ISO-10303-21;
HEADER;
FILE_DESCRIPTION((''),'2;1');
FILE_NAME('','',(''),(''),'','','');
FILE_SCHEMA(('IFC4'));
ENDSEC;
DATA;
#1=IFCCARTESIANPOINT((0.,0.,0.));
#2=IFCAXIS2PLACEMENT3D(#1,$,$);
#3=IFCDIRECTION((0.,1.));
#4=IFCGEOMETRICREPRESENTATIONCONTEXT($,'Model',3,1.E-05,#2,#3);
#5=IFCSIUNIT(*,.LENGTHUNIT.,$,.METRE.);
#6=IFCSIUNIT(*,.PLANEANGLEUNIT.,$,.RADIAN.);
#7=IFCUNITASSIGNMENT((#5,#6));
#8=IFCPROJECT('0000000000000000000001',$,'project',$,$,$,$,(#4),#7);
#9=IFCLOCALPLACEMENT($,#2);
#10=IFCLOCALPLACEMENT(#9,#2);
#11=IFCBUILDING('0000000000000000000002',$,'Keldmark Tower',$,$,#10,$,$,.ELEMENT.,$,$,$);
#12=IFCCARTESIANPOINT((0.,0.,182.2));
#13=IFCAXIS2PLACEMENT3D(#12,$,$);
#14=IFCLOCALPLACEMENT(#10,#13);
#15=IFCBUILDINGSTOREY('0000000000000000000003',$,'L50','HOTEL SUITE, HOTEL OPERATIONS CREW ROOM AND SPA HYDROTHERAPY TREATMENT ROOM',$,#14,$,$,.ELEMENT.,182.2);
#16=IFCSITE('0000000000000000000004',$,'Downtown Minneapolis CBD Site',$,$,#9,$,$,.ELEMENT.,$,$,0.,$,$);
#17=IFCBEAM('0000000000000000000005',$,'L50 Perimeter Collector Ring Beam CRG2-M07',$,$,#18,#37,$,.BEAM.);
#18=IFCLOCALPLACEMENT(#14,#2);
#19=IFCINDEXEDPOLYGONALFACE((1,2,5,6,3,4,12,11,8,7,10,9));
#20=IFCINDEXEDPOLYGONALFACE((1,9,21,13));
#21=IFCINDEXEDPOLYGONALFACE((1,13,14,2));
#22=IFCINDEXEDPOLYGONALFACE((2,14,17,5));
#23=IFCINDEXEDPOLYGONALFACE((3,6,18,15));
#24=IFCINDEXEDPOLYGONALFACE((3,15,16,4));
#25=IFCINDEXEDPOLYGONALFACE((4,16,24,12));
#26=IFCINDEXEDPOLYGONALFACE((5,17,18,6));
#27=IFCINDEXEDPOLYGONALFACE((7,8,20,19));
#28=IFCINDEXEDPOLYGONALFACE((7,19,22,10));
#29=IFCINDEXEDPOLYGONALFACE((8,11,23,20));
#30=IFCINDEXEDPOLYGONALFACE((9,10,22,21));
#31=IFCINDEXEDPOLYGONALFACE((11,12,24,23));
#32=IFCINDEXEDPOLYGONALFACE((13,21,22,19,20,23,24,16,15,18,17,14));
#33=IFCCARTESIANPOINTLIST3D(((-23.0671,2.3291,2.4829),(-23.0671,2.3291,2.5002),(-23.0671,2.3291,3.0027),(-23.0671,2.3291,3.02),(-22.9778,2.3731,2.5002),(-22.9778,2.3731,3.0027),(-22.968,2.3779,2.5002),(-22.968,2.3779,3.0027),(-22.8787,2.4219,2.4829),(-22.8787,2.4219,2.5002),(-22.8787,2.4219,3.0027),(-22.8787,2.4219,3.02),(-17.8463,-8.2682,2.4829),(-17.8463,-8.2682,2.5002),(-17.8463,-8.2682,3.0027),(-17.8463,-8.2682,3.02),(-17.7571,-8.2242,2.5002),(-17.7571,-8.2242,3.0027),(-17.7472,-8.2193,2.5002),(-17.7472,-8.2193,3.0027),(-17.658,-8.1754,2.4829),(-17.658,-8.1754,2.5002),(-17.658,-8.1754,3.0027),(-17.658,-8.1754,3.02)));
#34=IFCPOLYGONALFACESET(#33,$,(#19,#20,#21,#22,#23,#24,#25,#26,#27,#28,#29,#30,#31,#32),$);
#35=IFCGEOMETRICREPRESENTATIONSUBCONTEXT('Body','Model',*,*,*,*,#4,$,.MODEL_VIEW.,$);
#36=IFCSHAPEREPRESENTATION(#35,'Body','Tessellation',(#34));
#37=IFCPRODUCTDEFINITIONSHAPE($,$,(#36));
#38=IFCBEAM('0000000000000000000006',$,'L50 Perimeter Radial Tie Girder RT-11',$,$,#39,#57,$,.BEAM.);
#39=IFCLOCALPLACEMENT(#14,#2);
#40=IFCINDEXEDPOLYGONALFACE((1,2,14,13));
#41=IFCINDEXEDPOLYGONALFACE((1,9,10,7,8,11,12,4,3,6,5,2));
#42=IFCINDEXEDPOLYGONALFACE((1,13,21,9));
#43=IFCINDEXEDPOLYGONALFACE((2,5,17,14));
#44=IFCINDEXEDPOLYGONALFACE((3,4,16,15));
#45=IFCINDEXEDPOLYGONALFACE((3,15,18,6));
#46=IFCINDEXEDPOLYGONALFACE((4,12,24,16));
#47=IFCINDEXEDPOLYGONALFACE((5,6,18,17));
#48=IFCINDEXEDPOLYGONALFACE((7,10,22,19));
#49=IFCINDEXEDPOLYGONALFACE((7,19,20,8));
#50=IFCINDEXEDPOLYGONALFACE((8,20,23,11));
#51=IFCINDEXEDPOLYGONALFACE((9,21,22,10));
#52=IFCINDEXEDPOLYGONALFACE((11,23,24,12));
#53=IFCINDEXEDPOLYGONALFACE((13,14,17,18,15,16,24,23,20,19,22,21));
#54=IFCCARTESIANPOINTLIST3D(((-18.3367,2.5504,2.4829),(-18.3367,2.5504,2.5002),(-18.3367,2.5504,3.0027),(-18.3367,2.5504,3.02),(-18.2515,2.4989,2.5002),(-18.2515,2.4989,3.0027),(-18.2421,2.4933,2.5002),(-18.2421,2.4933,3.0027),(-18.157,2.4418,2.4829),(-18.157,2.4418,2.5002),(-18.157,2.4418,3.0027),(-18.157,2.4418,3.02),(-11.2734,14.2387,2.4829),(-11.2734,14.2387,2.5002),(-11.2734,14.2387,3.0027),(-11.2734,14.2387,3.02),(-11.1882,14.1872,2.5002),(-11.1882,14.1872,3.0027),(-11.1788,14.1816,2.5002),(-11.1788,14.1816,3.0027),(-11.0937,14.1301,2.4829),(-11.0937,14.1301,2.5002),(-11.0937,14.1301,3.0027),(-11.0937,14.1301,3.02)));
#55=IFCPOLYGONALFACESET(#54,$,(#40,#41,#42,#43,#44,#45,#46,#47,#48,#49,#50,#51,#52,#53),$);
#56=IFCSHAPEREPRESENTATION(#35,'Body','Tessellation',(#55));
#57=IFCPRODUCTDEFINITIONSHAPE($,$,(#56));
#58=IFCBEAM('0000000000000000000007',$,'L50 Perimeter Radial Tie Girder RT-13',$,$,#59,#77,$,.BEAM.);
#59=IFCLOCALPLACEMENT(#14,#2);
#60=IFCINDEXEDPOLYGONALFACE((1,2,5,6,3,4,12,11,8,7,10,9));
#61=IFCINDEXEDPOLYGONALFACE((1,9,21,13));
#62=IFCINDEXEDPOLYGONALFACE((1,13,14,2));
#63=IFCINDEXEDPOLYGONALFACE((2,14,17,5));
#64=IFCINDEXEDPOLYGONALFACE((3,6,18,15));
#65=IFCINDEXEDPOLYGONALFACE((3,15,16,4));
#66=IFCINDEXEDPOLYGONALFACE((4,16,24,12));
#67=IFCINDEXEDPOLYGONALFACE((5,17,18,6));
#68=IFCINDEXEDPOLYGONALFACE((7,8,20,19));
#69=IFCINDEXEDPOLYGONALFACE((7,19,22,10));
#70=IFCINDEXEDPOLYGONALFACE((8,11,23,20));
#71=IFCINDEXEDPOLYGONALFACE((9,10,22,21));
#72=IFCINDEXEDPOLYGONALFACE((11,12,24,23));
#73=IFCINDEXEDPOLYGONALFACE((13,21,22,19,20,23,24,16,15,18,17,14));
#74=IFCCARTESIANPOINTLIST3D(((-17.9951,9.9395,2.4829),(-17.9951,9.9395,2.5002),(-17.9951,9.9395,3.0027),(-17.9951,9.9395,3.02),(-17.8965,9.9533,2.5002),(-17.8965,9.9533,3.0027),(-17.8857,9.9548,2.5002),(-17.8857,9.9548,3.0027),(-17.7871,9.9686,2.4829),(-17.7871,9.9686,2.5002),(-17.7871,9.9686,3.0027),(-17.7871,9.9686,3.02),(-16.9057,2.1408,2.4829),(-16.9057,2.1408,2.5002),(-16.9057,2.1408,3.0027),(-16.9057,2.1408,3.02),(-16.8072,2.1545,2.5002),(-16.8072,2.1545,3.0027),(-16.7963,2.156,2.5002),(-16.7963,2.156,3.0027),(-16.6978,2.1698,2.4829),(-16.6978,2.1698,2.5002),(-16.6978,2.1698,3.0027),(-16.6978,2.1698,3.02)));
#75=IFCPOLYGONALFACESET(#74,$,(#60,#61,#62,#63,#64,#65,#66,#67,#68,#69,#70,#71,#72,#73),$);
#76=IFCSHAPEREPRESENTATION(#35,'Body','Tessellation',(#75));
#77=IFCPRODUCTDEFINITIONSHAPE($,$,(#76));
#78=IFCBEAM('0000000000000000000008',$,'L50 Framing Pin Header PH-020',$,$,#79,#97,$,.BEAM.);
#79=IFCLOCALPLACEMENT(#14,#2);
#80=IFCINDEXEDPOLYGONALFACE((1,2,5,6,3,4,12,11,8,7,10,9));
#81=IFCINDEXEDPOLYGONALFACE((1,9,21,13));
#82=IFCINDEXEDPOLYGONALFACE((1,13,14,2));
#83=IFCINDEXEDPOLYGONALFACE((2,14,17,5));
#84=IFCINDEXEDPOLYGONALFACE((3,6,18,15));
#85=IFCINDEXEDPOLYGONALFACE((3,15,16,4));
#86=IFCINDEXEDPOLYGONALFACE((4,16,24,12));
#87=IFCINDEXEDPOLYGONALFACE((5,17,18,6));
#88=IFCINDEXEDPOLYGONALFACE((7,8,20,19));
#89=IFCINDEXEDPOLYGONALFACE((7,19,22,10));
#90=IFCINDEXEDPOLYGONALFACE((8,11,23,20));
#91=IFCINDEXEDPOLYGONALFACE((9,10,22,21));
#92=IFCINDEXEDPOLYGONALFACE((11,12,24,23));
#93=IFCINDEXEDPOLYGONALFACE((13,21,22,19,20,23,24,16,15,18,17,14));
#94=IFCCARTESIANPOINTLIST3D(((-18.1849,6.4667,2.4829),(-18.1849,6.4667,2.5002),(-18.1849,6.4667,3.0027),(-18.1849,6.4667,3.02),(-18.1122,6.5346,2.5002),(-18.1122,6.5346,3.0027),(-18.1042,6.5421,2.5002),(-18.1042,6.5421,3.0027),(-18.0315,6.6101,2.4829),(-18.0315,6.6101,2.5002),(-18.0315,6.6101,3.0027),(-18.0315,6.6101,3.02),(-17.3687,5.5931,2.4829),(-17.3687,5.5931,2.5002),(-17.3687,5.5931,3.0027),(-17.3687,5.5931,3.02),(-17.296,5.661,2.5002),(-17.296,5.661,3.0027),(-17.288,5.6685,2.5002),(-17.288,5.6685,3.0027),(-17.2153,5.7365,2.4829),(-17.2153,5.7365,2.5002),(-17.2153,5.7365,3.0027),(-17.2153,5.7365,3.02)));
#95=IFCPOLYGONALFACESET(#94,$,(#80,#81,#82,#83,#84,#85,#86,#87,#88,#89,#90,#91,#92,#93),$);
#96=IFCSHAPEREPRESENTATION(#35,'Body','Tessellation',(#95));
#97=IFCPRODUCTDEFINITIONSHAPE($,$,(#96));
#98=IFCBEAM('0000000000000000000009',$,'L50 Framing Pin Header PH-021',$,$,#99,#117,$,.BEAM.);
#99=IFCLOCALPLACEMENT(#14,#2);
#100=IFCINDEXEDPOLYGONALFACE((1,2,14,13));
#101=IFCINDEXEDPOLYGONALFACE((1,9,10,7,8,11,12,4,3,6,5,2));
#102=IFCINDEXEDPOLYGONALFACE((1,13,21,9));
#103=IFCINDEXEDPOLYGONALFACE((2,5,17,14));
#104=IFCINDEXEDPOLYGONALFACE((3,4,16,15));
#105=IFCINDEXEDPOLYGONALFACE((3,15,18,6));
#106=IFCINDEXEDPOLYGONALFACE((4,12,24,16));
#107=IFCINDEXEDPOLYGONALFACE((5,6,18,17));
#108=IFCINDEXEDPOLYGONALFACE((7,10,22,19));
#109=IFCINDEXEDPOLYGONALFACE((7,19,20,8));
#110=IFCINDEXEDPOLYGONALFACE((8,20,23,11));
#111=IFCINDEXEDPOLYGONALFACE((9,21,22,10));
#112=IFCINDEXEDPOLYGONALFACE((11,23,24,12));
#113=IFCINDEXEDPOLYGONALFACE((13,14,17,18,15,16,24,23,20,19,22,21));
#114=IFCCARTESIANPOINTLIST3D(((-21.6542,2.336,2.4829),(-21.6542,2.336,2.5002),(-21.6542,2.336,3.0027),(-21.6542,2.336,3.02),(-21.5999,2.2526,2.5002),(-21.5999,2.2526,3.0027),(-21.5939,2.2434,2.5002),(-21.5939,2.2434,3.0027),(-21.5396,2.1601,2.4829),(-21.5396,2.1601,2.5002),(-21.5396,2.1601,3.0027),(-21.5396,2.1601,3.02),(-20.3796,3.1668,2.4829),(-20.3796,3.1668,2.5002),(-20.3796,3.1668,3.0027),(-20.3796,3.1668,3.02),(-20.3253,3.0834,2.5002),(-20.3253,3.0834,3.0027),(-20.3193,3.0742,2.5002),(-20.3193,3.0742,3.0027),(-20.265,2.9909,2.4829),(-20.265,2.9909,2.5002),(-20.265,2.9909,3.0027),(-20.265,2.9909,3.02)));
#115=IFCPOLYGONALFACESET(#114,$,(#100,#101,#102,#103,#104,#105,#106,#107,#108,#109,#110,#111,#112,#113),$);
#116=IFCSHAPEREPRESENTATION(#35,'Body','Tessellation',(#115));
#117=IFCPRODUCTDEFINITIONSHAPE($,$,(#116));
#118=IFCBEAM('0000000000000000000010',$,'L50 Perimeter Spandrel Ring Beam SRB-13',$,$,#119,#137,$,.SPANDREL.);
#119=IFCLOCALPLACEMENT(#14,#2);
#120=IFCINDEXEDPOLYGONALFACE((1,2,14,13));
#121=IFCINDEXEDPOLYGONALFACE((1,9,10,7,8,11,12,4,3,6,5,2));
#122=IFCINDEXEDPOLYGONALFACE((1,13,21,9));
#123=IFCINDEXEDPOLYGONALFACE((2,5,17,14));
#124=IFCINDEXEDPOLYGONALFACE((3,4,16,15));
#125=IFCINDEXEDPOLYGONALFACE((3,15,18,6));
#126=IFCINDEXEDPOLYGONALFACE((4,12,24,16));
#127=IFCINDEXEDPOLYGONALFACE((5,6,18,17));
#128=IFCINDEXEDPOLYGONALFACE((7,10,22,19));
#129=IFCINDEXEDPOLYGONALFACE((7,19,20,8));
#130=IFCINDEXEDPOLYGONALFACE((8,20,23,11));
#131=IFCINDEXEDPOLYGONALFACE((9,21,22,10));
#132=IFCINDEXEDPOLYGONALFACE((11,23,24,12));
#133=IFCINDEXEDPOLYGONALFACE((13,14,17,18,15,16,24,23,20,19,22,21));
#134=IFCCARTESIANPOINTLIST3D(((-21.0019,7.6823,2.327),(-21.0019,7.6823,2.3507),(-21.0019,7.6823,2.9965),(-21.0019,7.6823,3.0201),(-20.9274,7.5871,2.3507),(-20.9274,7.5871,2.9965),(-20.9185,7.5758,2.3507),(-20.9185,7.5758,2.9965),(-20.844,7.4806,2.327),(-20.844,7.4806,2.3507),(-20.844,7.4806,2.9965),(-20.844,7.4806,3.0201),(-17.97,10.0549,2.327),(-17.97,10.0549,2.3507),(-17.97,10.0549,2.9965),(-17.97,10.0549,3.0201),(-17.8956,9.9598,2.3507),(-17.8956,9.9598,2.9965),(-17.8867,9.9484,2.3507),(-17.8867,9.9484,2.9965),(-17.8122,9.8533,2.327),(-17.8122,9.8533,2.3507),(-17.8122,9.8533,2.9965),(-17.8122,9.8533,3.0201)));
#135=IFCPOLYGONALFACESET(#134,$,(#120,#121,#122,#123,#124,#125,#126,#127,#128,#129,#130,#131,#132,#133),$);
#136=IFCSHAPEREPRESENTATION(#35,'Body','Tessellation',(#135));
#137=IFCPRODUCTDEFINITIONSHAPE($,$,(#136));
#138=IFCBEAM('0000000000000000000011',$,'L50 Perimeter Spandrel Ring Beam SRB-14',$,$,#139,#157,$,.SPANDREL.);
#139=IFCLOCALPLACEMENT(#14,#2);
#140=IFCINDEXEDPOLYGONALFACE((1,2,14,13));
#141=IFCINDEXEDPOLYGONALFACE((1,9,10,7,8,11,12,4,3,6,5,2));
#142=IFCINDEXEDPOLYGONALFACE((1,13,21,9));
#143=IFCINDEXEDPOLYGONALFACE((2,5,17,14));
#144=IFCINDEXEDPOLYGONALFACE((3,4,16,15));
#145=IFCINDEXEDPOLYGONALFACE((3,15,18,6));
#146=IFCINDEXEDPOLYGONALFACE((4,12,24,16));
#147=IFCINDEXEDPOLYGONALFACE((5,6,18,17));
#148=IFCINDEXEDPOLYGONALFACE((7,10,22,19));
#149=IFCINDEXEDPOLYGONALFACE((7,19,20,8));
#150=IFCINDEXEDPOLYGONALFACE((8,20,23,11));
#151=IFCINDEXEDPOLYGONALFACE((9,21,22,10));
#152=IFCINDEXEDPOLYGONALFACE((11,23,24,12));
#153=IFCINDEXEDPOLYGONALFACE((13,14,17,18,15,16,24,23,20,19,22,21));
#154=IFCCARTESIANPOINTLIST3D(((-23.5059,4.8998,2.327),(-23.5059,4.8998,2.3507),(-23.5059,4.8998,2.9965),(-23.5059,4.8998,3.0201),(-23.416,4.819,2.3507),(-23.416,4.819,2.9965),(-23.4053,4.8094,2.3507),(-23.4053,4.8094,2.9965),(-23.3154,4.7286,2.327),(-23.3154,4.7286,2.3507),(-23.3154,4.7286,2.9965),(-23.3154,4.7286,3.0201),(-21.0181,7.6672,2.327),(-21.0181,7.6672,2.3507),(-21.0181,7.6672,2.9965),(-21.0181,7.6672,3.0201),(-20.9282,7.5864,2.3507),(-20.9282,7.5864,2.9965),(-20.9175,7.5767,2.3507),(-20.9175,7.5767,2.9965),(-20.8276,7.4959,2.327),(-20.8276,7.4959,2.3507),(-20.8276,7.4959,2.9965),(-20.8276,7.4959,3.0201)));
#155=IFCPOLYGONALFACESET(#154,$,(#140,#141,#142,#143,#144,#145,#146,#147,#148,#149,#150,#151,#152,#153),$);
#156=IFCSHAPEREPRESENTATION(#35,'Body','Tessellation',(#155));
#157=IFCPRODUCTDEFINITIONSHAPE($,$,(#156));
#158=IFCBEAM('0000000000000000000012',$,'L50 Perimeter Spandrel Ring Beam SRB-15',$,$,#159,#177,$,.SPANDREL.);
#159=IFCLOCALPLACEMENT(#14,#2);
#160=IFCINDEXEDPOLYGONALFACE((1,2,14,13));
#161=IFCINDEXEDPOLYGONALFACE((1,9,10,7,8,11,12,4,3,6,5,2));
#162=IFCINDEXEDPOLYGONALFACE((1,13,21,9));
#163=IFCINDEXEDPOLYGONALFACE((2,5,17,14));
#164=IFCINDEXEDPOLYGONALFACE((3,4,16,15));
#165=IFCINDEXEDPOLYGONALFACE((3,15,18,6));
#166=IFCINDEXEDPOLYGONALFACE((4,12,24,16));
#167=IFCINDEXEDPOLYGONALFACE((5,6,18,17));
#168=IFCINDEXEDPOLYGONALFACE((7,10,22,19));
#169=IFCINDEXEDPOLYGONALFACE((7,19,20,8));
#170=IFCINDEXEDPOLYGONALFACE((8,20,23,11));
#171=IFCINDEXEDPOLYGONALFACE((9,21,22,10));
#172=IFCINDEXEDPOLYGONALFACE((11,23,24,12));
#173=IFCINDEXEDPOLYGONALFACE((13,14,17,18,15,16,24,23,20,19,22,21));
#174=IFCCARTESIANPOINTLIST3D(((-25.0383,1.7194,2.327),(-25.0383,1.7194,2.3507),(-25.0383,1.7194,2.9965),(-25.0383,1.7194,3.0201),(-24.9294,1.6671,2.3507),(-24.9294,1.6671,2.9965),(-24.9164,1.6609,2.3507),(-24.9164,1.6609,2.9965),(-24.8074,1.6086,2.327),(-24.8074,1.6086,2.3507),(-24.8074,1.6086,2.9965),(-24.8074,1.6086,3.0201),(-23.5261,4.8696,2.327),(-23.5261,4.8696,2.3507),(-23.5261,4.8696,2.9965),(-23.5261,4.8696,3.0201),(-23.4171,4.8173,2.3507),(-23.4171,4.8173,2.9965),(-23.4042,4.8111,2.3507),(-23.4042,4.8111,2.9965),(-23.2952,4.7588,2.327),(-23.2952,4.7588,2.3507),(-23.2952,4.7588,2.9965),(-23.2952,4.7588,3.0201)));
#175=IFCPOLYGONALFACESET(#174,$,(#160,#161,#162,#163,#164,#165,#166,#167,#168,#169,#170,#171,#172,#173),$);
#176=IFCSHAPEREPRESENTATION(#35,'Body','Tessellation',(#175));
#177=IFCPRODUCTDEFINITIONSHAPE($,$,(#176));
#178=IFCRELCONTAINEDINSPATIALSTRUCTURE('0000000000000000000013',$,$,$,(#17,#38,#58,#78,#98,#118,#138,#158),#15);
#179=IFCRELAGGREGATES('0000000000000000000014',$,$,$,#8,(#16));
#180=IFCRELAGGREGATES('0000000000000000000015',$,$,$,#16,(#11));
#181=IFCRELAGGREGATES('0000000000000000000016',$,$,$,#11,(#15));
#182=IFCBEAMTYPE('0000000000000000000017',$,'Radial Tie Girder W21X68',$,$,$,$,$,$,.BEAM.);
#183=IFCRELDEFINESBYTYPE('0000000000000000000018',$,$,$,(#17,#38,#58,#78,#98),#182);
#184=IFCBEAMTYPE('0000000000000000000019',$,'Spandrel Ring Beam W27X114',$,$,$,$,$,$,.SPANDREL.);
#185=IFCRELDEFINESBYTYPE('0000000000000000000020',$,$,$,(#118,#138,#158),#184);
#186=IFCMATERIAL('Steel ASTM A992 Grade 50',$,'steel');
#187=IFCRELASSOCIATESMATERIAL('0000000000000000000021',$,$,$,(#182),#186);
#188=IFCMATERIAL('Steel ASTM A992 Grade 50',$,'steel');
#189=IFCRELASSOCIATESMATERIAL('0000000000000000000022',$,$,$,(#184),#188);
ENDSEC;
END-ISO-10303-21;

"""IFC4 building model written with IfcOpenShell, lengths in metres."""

from ifc_helpers import new_model, si_unit, direction, frame, origin, origin_2d, place, context, subcontext, project, spatial, i_section, extrude, material, material_profile, profile_set, type_object, element, save


model = new_model("IFC4")

# Units and contexts
model_context = context("Model", 3, precision=1e-05, world=origin(), true_north=direction((0.0, 1.0)))
body_context = subcontext(model_context, "Body", "Model", "MODEL_VIEW")
ifc_project = project(units=[si_unit("LENGTHUNIT", "METRE"), si_unit("PLANEANGLEUNIT", "RADIAN")], contexts=[model_context])

# Site, building, storey
site_placement = place(None, origin())
site = spatial("IfcSite", under=ifc_project, at=site_placement, Name="Downtown Minneapolis CBD Site", CompositionType="ELEMENT", RefElevation=0.0)
building_placement = place(site_placement, origin())
building = spatial("IfcBuilding", under=site, at=building_placement, Name="Keldmark Tower", CompositionType="ELEMENT")
storey_placement = place(building_placement, frame((0.0, 0.0, 182.2)))
storey = spatial("IfcBuildingStorey", under=building, at=storey_placement, Name="L50", Description="HOTEL SUITE, HOTEL OPERATIONS CREW ROOM AND SPA HYDROTHERAPY TREATMENT ROOM", CompositionType="ELEMENT", Elevation=182.2)

# Beams
ifc_material_1 = material(Name="Steel ASTM A992 Grade 50", Category="steel")
ifc_material_profile_1 = material_profile(ifc_material_1, i_section(OverallWidth=0.21, OverallDepth=0.5371, WebThickness=0.011, FlangeThickness=0.0173, at=origin_2d()), Name="W21X68")
ifc_profile_set_1 = profile_set([ifc_material_profile_1], Name="Steel ASTM A992 Grade 50")
beam_type_1 = type_object("IfcBeamType", Name="Radial Tie Girder W21X68", PredefinedType="BEAM", material=ifc_profile_set_1)
beam_1_placement = place(storey_placement, frame((-22.9729, 2.3755, 2.7515), z_axis=(0.441932, -0.897049, 0.0), x_axis=(0.897049, 0.441932, 0.0)))
element("IfcBeam", 1, at=beam_1_placement, inside=storey, type_object=beam_type_1, Name="L50 Perimeter Collector Ring Beam CRG2-M07", PredefinedType="BEAM", context=body_context, shape_type="SweptSolid", body=[
    extrude(i_section(OverallWidth=0.21, OverallDepth=0.5371, WebThickness=0.011, FlangeThickness=0.0173, at=origin_2d()), origin(), (0.0, 0.0, 1.0), 11.8135),
])
beam_2_placement = place(storey_placement, frame((-18.2468, 2.4961, 2.7515), z_axis=(0.517201, 0.855864, 0.0), x_axis=(-0.855864, 0.517201, 0.0)))
element("IfcBeam", 2, at=beam_2_placement, inside=storey, type_object=beam_type_1, Name="L50 Perimeter Radial Tie Girder RT-11", PredefinedType="BEAM", context=body_context, shape_type="SweptSolid", body=[
    extrude(i_section(OverallWidth=0.21, OverallDepth=0.5371, WebThickness=0.011, FlangeThickness=0.0173, at=origin_2d()), origin(), (0.0, 0.0, 1.0), 13.6567),
])
beam_3_placement = place(storey_placement, frame((-16.8018, 2.1553, 2.7515), z_axis=(-0.138339, 0.990385, 0.0), x_axis=(-0.990385, -0.138339, 0.0)))
element("IfcBeam", 3, at=beam_3_placement, inside=storey, type_object=beam_type_1, Name="L50 Perimeter Radial Tie Girder RT-13", PredefinedType="BEAM", context=body_context, shape_type="SweptSolid", body=[
    extrude(i_section(OverallWidth=0.21, OverallDepth=0.5371, WebThickness=0.011, FlangeThickness=0.0173, at=origin_2d()), origin(), (0.0, 0.0, 1.0), 7.8745),
])
beam_4_placement = place(storey_placement, frame((-17.292, 5.6648, 2.7515), z_axis=(-0.682704, 0.730695, 0.0), x_axis=(-0.730695, -0.682704, 0.0)))
element("IfcBeam", 4, at=beam_4_placement, inside=storey, type_object=beam_type_1, Name="L50 Framing Pin Header PH-020", PredefinedType="BEAM", context=body_context, shape_type="SweptSolid", body=[
    extrude(i_section(OverallWidth=0.21, OverallDepth=0.5371, WebThickness=0.011, FlangeThickness=0.0173, at=origin_2d()), origin(), (0.0, 0.0, 1.0), 1.1956),
])
beam_5_placement = place(storey_placement, frame((-21.5969, 2.248, 2.7515), z_axis=(0.837757, 0.546043, 0.0), x_axis=(-0.546043, 0.837757, 0.0)))
element("IfcBeam", 5, at=beam_5_placement, inside=storey, type_object=beam_type_1, Name="L50 Framing Pin Header PH-021", PredefinedType="BEAM", context=body_context, shape_type="SweptSolid", body=[
    extrude(i_section(OverallWidth=0.21, OverallDepth=0.5371, WebThickness=0.011, FlangeThickness=0.0173, at=origin_2d()), origin(), (0.0, 0.0, 1.0), 1.5215),
])
ifc_material_2 = material(Name="Steel ASTM A992 Grade 50", Category="steel")
ifc_material_profile_2 = material_profile(ifc_material_2, i_section(OverallWidth=0.2561, OverallDepth=0.6931, WebThickness=0.0144, FlangeThickness=0.0237, at=origin_2d()), Name="W27X114")
ifc_profile_set_2 = profile_set([ifc_material_profile_2], Name="Steel ASTM A992 Grade 50")
beam_type_2 = type_object("IfcBeamType", Name="Spandrel Ring Beam W27X114", PredefinedType="SPANDREL", material=ifc_profile_set_2)
beam_6_placement = place(storey_placement, frame((-17.8911, 9.9541, 2.6736), z_axis=(-0.787518, -0.616291, 0.0), x_axis=(0.616291, -0.787518, 0.0)))
element("IfcBeam", 6, at=beam_6_placement, inside=storey, type_object=beam_type_2, Name="L50 Perimeter Spandrel Ring Beam SRB-13", PredefinedType="SPANDREL", context=body_context, shape_type="SweptSolid", body=[
    extrude(i_section(OverallWidth=0.2561, OverallDepth=0.6931, WebThickness=0.0144, FlangeThickness=0.0237, at=origin_2d()), origin(), (0.0, 0.0, 1.0), 3.8499),
])
beam_7_placement = place(storey_placement, frame((-20.9229, 7.5815, 2.6736), z_axis=(-0.668548, -0.743669, 0.0), x_axis=(0.743669, -0.668548, 0.0)))
element("IfcBeam", 7, at=beam_7_placement, inside=storey, type_object=beam_type_2, Name="L50 Perimeter Spandrel Ring Beam SRB-14", PredefinedType="SPANDREL", context=body_context, shape_type="SweptSolid", body=[
    extrude(i_section(OverallWidth=0.2561, OverallDepth=0.6931, WebThickness=0.0144, FlangeThickness=0.0237, at=origin_2d()), origin(), (0.0, 0.0, 1.0), 3.7212),
])
beam_8_placement = place(storey_placement, frame((-23.4106, 4.8142, 2.6736), z_axis=(-0.432763, -0.901508, 0.0), x_axis=(0.901508, -0.432763, 0.0)))
element("IfcBeam", 8, at=beam_8_placement, inside=storey, type_object=beam_type_2, Name="L50 Perimeter Spandrel Ring Beam SRB-15", PredefinedType="SPANDREL", context=body_context, shape_type="SweptSolid", body=[
    extrude(i_section(OverallWidth=0.2561, OverallDepth=0.6931, WebThickness=0.0144, FlangeThickness=0.0237, at=origin_2d()), origin(), (0.0, 0.0, 1.0), 3.4944),
])

save(model, "model.ifc")
